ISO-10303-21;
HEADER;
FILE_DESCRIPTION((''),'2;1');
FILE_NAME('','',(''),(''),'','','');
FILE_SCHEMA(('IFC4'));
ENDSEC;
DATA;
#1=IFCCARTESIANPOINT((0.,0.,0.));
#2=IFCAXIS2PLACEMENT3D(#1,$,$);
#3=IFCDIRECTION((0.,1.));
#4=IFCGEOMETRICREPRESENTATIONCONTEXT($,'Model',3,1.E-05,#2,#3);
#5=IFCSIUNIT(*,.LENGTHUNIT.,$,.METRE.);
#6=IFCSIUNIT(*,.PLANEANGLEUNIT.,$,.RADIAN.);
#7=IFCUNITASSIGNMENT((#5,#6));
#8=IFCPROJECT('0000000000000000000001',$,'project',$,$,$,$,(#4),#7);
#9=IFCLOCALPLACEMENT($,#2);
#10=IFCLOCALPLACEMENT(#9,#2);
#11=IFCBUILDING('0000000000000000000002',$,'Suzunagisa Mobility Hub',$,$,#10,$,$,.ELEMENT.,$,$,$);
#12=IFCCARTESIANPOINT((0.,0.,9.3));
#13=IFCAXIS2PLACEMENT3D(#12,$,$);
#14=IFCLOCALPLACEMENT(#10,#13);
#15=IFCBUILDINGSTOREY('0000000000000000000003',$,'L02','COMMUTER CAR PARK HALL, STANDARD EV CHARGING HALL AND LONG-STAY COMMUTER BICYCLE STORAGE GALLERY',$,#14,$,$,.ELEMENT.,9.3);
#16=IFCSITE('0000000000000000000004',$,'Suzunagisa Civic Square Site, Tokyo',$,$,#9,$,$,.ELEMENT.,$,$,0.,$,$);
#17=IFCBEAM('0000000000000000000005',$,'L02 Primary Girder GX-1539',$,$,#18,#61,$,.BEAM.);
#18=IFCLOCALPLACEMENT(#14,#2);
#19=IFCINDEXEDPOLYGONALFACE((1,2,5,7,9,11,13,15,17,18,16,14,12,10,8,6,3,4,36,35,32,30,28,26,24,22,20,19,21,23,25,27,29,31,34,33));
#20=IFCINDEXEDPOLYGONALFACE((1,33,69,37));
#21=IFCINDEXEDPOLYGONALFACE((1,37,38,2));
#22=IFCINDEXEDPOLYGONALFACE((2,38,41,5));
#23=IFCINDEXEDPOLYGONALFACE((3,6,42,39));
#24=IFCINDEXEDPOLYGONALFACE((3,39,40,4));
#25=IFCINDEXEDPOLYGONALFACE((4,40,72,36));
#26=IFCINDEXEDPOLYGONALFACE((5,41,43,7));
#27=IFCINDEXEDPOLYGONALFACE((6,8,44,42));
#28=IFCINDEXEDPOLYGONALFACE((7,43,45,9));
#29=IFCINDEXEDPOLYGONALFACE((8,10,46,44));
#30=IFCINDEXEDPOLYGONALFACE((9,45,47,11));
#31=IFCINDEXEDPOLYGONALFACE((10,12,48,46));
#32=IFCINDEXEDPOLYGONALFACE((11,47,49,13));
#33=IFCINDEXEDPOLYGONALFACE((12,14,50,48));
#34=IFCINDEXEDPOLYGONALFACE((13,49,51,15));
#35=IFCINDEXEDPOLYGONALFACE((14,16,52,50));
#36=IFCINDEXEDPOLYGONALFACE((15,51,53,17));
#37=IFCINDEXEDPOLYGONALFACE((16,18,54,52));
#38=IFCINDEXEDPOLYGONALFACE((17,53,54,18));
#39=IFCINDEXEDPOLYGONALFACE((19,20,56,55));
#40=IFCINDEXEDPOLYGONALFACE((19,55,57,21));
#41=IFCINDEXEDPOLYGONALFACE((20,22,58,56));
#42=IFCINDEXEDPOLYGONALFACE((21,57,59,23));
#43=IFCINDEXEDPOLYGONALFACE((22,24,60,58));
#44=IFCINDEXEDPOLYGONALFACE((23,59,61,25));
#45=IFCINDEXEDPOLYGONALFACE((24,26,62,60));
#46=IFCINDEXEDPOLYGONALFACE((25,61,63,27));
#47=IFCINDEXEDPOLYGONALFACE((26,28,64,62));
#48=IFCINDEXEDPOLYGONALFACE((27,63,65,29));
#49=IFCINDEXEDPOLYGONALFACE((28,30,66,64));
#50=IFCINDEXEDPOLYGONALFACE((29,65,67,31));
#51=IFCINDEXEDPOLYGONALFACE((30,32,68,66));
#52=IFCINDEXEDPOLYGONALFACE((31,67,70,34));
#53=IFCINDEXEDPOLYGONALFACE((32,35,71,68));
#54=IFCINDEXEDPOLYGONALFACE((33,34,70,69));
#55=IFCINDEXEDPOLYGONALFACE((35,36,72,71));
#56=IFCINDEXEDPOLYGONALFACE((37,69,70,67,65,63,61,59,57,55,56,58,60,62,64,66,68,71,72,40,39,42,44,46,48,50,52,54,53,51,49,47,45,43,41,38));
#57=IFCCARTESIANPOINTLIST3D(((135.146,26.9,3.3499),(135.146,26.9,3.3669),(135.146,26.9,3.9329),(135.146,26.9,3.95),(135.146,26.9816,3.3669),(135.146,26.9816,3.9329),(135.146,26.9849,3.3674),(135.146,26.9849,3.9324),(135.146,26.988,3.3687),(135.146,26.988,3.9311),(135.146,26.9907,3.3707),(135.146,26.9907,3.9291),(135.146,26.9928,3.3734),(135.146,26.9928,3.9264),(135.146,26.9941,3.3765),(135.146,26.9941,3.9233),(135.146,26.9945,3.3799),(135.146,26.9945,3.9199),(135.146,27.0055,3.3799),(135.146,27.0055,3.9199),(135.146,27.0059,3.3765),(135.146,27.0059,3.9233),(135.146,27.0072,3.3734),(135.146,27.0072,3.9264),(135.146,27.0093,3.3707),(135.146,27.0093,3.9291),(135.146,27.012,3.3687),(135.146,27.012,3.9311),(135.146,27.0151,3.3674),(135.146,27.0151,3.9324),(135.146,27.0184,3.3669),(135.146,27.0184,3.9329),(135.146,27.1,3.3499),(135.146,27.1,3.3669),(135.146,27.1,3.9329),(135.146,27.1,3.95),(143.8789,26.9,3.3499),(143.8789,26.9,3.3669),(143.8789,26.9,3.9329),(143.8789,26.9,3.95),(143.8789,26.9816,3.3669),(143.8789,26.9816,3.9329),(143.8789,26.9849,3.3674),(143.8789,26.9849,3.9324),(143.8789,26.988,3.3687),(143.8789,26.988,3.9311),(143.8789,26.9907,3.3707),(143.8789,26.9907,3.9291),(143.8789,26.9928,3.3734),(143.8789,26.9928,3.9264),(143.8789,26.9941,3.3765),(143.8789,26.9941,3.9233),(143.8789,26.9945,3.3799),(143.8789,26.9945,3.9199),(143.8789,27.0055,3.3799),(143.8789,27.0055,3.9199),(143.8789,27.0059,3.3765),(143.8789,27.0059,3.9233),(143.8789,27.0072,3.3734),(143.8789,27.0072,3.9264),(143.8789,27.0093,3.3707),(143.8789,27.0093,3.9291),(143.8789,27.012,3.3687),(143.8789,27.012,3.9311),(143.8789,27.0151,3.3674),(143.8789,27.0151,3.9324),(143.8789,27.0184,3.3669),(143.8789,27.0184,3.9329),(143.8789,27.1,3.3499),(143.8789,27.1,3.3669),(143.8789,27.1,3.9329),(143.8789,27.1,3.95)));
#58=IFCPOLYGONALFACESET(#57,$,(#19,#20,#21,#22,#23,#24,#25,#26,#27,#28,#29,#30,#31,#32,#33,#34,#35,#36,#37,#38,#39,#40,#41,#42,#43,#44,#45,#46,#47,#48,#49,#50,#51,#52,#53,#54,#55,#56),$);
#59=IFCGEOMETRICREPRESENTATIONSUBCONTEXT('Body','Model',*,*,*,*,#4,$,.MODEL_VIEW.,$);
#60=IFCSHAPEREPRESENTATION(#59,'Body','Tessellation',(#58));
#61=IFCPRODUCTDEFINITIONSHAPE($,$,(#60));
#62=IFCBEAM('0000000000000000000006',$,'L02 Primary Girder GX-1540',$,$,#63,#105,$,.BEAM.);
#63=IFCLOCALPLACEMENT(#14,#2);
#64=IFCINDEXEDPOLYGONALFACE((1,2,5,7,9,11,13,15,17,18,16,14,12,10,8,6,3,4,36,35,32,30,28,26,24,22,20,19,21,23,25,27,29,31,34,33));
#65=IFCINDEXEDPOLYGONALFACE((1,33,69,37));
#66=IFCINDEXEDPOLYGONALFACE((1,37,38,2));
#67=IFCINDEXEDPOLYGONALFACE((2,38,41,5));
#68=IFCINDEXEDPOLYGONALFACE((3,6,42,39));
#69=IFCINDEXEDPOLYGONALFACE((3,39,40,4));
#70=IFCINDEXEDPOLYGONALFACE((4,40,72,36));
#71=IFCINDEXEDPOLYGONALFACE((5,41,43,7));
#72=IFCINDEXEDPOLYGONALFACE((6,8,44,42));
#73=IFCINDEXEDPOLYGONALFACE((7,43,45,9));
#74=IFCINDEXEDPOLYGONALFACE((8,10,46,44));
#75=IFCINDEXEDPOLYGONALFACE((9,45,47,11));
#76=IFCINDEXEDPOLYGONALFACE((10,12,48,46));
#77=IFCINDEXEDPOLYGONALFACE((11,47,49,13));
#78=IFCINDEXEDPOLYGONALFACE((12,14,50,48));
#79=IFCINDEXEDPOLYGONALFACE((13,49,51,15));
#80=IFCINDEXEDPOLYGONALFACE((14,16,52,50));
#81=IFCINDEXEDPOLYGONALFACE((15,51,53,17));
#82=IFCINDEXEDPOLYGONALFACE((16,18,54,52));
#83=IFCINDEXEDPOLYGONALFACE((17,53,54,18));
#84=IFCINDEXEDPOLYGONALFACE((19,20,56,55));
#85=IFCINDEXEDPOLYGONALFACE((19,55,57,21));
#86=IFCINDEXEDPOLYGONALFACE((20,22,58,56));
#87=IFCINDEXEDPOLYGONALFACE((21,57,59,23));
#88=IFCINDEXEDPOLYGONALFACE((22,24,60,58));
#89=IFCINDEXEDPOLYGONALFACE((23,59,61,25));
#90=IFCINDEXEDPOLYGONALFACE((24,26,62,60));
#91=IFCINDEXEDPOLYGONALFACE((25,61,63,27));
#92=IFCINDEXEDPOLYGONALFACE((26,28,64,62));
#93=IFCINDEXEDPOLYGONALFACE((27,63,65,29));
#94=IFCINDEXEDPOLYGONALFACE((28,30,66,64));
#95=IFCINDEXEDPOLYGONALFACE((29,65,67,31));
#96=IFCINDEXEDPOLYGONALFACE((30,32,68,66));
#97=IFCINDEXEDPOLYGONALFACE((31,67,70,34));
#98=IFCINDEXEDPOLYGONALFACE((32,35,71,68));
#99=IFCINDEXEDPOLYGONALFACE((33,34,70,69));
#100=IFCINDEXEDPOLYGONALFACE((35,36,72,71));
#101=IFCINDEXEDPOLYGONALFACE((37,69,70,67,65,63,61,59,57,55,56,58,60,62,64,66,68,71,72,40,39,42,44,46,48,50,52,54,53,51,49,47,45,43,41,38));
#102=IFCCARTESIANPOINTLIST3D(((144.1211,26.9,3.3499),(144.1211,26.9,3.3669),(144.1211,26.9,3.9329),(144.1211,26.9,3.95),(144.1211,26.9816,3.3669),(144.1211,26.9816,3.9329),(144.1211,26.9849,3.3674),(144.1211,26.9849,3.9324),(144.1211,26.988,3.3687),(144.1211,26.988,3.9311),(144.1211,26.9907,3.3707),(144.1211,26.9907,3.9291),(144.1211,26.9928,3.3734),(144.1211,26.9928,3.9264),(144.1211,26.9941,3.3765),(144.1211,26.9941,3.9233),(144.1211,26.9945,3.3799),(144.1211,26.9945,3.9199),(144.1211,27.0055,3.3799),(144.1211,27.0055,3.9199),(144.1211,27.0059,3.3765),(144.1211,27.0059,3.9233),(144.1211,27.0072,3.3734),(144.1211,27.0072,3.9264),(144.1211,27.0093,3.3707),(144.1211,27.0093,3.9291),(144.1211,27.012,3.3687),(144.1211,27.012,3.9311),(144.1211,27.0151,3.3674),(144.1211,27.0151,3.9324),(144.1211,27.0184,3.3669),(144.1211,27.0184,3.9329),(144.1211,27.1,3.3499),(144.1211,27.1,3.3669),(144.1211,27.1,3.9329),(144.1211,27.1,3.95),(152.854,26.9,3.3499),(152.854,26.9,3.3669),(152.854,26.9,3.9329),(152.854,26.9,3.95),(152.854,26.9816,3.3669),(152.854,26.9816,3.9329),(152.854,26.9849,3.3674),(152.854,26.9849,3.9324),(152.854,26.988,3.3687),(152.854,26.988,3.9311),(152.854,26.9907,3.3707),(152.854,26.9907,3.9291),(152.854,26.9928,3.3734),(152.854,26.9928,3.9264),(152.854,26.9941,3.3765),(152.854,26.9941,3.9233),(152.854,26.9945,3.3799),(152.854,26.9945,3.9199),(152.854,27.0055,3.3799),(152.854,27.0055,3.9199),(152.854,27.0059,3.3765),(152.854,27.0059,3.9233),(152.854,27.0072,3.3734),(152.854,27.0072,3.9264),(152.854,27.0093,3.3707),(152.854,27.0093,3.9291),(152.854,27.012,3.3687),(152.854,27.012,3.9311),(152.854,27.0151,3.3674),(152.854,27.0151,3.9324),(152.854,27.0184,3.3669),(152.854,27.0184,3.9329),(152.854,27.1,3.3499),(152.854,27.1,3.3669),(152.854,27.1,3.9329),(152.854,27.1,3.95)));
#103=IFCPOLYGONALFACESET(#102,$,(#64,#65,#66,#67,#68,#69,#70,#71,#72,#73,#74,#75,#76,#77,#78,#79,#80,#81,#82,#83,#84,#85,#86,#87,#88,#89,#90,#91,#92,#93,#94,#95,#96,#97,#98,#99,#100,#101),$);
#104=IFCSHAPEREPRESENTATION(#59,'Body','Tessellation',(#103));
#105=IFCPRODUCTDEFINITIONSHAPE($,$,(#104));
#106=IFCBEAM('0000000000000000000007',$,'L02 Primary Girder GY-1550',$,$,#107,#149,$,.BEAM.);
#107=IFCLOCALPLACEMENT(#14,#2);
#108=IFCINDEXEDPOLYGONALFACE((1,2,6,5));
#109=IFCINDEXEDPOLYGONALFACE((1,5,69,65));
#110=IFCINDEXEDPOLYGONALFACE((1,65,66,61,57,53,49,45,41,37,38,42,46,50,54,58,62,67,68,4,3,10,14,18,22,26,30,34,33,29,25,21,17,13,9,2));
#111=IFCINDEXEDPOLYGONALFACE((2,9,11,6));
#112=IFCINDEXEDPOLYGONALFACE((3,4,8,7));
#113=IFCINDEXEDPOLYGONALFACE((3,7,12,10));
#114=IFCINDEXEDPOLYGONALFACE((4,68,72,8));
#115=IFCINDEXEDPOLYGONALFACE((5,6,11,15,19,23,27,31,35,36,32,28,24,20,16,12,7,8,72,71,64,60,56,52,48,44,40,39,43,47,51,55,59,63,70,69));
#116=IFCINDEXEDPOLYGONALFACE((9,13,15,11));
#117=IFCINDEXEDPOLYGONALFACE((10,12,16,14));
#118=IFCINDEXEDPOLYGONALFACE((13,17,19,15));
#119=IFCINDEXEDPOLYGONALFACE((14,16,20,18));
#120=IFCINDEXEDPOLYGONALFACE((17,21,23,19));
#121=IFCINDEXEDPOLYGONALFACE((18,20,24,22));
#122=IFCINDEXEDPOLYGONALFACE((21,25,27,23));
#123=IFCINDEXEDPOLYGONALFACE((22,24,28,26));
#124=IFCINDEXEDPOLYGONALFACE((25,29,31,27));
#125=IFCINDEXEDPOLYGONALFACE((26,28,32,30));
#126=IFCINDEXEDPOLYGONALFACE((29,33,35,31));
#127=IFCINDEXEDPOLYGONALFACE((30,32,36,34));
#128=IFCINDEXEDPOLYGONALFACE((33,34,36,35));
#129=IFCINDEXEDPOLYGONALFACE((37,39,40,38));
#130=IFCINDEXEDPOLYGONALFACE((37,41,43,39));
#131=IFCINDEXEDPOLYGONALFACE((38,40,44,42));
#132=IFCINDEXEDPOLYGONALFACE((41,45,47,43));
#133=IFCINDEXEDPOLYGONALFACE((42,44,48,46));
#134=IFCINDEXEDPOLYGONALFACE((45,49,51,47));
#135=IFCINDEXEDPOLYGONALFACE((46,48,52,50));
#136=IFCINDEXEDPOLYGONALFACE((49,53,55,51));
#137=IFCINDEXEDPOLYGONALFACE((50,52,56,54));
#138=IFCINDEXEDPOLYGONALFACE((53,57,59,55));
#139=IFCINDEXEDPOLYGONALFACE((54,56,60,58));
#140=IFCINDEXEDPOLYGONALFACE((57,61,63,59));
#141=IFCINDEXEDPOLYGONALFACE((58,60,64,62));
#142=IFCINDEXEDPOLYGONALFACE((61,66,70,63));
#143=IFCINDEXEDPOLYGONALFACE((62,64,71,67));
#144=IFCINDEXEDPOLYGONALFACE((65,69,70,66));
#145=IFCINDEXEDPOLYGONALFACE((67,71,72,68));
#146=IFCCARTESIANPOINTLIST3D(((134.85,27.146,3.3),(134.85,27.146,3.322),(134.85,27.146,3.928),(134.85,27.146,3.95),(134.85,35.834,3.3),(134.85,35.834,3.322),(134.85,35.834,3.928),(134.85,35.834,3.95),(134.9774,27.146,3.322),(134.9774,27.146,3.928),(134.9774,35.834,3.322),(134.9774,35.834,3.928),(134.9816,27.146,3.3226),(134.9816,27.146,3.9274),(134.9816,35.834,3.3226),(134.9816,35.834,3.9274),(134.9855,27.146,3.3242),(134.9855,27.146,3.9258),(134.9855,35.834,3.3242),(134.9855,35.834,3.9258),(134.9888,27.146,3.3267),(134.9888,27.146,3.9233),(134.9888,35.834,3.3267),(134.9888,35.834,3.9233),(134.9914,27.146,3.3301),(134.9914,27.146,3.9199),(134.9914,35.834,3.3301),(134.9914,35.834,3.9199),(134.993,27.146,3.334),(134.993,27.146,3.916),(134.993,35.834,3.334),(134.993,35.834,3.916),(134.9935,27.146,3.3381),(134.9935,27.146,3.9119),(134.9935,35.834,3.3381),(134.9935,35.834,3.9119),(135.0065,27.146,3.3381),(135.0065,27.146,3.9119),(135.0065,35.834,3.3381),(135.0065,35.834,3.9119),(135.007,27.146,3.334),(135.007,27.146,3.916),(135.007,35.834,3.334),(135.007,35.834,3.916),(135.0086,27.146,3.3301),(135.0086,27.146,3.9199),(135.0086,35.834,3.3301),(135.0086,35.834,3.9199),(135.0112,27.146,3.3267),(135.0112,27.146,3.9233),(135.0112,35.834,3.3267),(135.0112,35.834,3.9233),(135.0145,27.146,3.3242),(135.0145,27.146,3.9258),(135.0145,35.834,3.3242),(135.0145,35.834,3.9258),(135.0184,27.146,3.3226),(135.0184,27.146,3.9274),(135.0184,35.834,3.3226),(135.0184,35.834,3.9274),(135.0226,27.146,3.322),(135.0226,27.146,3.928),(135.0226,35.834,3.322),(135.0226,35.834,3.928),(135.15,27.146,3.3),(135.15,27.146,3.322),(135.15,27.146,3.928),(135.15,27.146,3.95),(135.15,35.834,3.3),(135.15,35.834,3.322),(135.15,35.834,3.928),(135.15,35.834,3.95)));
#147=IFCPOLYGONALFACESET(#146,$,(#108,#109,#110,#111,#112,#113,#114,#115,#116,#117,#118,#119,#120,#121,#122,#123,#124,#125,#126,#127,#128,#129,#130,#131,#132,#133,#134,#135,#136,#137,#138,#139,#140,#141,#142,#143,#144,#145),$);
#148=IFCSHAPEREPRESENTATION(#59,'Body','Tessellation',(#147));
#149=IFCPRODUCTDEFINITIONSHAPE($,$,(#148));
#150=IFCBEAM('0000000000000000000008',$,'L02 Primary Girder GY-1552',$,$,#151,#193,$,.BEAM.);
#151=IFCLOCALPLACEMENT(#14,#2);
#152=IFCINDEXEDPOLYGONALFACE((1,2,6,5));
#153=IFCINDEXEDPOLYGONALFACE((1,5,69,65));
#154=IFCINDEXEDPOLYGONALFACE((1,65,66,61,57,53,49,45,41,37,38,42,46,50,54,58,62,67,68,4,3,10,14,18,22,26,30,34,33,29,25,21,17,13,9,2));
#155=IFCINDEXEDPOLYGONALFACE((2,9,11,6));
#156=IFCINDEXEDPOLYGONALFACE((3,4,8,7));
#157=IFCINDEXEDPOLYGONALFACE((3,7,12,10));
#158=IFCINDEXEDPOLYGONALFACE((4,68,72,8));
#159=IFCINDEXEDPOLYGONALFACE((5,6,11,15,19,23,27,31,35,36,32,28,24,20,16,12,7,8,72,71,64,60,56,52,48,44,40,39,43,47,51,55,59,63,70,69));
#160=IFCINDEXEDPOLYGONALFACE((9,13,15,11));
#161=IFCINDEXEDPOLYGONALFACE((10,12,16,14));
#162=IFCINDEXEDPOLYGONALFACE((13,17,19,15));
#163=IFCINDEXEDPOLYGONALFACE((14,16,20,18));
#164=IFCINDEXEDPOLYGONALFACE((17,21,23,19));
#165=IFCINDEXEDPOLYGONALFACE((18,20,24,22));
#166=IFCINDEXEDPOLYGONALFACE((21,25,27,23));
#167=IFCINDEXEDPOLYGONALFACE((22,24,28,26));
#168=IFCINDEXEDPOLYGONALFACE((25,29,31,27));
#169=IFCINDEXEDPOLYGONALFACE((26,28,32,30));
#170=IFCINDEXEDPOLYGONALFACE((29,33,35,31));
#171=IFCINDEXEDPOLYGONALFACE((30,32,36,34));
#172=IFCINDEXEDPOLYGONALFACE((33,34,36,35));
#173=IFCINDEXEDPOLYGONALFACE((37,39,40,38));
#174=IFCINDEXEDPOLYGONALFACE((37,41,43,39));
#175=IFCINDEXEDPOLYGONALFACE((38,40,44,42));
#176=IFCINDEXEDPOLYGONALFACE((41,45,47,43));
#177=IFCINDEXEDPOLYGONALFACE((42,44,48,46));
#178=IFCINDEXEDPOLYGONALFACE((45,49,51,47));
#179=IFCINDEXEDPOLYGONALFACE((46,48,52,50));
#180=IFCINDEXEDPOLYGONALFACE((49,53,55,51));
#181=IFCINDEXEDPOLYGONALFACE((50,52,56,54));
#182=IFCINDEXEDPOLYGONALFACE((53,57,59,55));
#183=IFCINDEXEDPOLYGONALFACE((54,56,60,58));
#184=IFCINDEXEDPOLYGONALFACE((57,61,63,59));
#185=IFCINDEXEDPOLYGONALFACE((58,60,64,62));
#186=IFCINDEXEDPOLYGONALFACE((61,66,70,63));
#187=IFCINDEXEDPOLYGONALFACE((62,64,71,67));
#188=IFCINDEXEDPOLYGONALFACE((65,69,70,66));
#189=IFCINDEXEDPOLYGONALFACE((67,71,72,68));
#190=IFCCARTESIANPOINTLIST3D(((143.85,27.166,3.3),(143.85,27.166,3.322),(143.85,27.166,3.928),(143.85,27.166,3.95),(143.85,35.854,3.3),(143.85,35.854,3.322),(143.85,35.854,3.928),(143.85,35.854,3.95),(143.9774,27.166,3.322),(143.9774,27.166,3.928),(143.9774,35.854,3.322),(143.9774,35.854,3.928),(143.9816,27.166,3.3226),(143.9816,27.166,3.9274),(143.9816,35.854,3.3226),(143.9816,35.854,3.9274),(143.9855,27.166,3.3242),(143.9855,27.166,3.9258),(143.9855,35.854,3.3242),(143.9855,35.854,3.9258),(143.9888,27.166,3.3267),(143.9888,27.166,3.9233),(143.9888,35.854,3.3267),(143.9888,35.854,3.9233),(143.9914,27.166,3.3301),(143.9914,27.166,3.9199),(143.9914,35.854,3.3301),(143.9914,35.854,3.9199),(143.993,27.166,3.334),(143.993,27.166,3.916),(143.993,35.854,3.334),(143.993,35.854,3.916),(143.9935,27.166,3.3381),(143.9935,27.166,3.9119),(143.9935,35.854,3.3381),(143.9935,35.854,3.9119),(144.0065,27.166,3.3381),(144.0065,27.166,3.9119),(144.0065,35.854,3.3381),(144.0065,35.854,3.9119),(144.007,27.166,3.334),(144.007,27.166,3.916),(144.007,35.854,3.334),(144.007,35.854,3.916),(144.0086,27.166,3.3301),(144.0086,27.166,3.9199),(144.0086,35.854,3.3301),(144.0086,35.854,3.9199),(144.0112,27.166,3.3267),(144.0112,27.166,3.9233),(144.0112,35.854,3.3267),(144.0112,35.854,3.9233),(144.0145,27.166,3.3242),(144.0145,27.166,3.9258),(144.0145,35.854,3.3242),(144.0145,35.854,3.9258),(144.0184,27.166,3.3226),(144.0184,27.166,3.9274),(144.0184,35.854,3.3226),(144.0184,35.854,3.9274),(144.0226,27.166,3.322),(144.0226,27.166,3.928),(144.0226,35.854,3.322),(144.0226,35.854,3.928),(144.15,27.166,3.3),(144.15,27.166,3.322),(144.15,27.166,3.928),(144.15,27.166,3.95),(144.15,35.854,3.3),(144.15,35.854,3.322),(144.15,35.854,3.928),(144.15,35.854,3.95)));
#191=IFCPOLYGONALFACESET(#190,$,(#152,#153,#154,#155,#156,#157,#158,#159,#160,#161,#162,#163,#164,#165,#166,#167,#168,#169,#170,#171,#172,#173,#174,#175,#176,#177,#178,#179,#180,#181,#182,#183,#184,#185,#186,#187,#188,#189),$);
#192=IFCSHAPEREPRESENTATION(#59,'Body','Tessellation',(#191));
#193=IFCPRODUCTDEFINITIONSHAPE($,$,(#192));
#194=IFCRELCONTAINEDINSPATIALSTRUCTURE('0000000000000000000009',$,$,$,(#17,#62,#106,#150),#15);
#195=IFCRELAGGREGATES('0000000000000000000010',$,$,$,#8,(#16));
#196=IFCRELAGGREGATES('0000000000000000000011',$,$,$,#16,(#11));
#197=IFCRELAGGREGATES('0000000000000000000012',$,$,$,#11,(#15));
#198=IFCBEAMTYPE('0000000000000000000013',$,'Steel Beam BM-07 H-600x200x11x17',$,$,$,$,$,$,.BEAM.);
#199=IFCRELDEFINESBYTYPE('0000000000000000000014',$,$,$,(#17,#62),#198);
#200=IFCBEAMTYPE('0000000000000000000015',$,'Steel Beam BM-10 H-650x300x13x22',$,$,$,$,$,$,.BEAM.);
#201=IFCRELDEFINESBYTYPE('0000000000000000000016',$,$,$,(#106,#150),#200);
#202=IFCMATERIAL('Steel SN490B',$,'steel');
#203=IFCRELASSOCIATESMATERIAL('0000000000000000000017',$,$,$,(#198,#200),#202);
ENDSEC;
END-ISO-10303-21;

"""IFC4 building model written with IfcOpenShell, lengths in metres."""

from ifc_helpers import new_model, si_unit, direction, frame, origin, origin_2d, place, context, subcontext, project, spatial, i_section, extrude, material, material_profile, profile_set, type_object, element, save


model = new_model("IFC4")

# Units and contexts
model_context = context("Model", 3, precision=1e-05, world=origin(), true_north=direction((0.0, 1.0)))
body_context = subcontext(model_context, "Body", "Model", "MODEL_VIEW")
ifc_project = project(units=[si_unit("LENGTHUNIT", "METRE"), si_unit("PLANEANGLEUNIT", "RADIAN")], contexts=[model_context])

# Site, building, storey
site_placement = place(None, origin())
site = spatial("IfcSite", under=ifc_project, at=site_placement, Name="Suzunagisa Civic Square Site, Tokyo", CompositionType="ELEMENT", RefElevation=0.0)
building_placement = place(site_placement, origin())
building = spatial("IfcBuilding", under=site, at=building_placement, Name="Suzunagisa Mobility Hub", CompositionType="ELEMENT")
storey_placement = place(building_placement, frame((0.0, 0.0, 9.3)))
storey = spatial("IfcBuildingStorey", under=building, at=storey_placement, Name="L02", Description="COMMUTER CAR PARK HALL, STANDARD EV CHARGING HALL AND LONG-STAY COMMUTER BICYCLE STORAGE GALLERY", CompositionType="ELEMENT", Elevation=9.3)

# Shared definitions
ifc_material_1 = material(Name="Steel SN490B", Category="steel")

# Beams
ifc_material_profile_1 = material_profile(ifc_material_1, i_section(OverallWidth=0.2, OverallDepth=0.6001, WebThickness=0.011, FlangeThickness=0.0171, FilletRadius=0.0129, at=origin_2d()), Name="H-600x200x11x17")
ifc_profile_set_1 = profile_set([ifc_material_profile_1], Name="Steel SN490B")
beam_type_1 = type_object("IfcBeamType", Name="Steel Beam BM-07 H-600x200x11x17", PredefinedType="BEAM", material=ifc_profile_set_1)
for number, where, z_axis, x_axis, name in (
    (1, (135.146, 27.0, 3.6499), (1.0, 0.0, 0.0), (0.0, 1.0, 0.0), "L02 Primary Girder GX-1539"),
    (2, (144.1211, 27.0, 3.6499), (1.0, 0.0, 0.0), (0.0, 1.0, 0.0), "L02 Primary Girder GX-1540"),
):
    element("IfcBeam", number, at=place(storey_placement, frame(where, z_axis=z_axis, x_axis=x_axis)), inside=storey, type_object=beam_type_1, Name=name, PredefinedType="BEAM", context=body_context, shape_type="SweptSolid", body=[
        extrude(i_section(OverallWidth=0.2, OverallDepth=0.6001, WebThickness=0.011, FlangeThickness=0.0171, FilletRadius=0.0129, at=origin_2d()), origin(), (0.0, 0.0, 1.0), 8.7329),
    ])
ifc_material_profile_2 = material_profile(ifc_material_1, i_section(OverallWidth=0.3, OverallDepth=0.6499, WebThickness=0.0129, FlangeThickness=0.022, FilletRadius=0.0161, at=origin_2d()), Name="H-650x300x13x22")
ifc_profile_set_2 = profile_set([ifc_material_profile_2], Name="Steel SN490B")
beam_type_2 = type_object("IfcBeamType", Name="Steel Beam BM-10 H-650x300x13x22", PredefinedType="BEAM", material=ifc_profile_set_2)
for number, where, z_axis, x_axis, name in (
    (3, (135.0, 27.146, 3.625), (0.0, 1.0, 0.0), (-1.0, 0.0, 0.0), "L02 Primary Girder GY-1550"),
    (4, (144.0, 27.166, 3.625), (0.0, 1.0, 0.0), (-1.0, 0.0, 0.0), "L02 Primary Girder GY-1552"),
):
    element("IfcBeam", number, at=place(storey_placement, frame(where, z_axis=z_axis, x_axis=x_axis)), inside=storey, type_object=beam_type_2, Name=name, PredefinedType="BEAM", context=body_context, shape_type="SweptSolid", body=[
        extrude(i_section(OverallWidth=0.3, OverallDepth=0.6499, WebThickness=0.0129, FlangeThickness=0.022, FilletRadius=0.0161, at=origin_2d()), origin(), (0.0, 0.0, 1.0), 8.688),
    ])

save(model, "model.ifc")
